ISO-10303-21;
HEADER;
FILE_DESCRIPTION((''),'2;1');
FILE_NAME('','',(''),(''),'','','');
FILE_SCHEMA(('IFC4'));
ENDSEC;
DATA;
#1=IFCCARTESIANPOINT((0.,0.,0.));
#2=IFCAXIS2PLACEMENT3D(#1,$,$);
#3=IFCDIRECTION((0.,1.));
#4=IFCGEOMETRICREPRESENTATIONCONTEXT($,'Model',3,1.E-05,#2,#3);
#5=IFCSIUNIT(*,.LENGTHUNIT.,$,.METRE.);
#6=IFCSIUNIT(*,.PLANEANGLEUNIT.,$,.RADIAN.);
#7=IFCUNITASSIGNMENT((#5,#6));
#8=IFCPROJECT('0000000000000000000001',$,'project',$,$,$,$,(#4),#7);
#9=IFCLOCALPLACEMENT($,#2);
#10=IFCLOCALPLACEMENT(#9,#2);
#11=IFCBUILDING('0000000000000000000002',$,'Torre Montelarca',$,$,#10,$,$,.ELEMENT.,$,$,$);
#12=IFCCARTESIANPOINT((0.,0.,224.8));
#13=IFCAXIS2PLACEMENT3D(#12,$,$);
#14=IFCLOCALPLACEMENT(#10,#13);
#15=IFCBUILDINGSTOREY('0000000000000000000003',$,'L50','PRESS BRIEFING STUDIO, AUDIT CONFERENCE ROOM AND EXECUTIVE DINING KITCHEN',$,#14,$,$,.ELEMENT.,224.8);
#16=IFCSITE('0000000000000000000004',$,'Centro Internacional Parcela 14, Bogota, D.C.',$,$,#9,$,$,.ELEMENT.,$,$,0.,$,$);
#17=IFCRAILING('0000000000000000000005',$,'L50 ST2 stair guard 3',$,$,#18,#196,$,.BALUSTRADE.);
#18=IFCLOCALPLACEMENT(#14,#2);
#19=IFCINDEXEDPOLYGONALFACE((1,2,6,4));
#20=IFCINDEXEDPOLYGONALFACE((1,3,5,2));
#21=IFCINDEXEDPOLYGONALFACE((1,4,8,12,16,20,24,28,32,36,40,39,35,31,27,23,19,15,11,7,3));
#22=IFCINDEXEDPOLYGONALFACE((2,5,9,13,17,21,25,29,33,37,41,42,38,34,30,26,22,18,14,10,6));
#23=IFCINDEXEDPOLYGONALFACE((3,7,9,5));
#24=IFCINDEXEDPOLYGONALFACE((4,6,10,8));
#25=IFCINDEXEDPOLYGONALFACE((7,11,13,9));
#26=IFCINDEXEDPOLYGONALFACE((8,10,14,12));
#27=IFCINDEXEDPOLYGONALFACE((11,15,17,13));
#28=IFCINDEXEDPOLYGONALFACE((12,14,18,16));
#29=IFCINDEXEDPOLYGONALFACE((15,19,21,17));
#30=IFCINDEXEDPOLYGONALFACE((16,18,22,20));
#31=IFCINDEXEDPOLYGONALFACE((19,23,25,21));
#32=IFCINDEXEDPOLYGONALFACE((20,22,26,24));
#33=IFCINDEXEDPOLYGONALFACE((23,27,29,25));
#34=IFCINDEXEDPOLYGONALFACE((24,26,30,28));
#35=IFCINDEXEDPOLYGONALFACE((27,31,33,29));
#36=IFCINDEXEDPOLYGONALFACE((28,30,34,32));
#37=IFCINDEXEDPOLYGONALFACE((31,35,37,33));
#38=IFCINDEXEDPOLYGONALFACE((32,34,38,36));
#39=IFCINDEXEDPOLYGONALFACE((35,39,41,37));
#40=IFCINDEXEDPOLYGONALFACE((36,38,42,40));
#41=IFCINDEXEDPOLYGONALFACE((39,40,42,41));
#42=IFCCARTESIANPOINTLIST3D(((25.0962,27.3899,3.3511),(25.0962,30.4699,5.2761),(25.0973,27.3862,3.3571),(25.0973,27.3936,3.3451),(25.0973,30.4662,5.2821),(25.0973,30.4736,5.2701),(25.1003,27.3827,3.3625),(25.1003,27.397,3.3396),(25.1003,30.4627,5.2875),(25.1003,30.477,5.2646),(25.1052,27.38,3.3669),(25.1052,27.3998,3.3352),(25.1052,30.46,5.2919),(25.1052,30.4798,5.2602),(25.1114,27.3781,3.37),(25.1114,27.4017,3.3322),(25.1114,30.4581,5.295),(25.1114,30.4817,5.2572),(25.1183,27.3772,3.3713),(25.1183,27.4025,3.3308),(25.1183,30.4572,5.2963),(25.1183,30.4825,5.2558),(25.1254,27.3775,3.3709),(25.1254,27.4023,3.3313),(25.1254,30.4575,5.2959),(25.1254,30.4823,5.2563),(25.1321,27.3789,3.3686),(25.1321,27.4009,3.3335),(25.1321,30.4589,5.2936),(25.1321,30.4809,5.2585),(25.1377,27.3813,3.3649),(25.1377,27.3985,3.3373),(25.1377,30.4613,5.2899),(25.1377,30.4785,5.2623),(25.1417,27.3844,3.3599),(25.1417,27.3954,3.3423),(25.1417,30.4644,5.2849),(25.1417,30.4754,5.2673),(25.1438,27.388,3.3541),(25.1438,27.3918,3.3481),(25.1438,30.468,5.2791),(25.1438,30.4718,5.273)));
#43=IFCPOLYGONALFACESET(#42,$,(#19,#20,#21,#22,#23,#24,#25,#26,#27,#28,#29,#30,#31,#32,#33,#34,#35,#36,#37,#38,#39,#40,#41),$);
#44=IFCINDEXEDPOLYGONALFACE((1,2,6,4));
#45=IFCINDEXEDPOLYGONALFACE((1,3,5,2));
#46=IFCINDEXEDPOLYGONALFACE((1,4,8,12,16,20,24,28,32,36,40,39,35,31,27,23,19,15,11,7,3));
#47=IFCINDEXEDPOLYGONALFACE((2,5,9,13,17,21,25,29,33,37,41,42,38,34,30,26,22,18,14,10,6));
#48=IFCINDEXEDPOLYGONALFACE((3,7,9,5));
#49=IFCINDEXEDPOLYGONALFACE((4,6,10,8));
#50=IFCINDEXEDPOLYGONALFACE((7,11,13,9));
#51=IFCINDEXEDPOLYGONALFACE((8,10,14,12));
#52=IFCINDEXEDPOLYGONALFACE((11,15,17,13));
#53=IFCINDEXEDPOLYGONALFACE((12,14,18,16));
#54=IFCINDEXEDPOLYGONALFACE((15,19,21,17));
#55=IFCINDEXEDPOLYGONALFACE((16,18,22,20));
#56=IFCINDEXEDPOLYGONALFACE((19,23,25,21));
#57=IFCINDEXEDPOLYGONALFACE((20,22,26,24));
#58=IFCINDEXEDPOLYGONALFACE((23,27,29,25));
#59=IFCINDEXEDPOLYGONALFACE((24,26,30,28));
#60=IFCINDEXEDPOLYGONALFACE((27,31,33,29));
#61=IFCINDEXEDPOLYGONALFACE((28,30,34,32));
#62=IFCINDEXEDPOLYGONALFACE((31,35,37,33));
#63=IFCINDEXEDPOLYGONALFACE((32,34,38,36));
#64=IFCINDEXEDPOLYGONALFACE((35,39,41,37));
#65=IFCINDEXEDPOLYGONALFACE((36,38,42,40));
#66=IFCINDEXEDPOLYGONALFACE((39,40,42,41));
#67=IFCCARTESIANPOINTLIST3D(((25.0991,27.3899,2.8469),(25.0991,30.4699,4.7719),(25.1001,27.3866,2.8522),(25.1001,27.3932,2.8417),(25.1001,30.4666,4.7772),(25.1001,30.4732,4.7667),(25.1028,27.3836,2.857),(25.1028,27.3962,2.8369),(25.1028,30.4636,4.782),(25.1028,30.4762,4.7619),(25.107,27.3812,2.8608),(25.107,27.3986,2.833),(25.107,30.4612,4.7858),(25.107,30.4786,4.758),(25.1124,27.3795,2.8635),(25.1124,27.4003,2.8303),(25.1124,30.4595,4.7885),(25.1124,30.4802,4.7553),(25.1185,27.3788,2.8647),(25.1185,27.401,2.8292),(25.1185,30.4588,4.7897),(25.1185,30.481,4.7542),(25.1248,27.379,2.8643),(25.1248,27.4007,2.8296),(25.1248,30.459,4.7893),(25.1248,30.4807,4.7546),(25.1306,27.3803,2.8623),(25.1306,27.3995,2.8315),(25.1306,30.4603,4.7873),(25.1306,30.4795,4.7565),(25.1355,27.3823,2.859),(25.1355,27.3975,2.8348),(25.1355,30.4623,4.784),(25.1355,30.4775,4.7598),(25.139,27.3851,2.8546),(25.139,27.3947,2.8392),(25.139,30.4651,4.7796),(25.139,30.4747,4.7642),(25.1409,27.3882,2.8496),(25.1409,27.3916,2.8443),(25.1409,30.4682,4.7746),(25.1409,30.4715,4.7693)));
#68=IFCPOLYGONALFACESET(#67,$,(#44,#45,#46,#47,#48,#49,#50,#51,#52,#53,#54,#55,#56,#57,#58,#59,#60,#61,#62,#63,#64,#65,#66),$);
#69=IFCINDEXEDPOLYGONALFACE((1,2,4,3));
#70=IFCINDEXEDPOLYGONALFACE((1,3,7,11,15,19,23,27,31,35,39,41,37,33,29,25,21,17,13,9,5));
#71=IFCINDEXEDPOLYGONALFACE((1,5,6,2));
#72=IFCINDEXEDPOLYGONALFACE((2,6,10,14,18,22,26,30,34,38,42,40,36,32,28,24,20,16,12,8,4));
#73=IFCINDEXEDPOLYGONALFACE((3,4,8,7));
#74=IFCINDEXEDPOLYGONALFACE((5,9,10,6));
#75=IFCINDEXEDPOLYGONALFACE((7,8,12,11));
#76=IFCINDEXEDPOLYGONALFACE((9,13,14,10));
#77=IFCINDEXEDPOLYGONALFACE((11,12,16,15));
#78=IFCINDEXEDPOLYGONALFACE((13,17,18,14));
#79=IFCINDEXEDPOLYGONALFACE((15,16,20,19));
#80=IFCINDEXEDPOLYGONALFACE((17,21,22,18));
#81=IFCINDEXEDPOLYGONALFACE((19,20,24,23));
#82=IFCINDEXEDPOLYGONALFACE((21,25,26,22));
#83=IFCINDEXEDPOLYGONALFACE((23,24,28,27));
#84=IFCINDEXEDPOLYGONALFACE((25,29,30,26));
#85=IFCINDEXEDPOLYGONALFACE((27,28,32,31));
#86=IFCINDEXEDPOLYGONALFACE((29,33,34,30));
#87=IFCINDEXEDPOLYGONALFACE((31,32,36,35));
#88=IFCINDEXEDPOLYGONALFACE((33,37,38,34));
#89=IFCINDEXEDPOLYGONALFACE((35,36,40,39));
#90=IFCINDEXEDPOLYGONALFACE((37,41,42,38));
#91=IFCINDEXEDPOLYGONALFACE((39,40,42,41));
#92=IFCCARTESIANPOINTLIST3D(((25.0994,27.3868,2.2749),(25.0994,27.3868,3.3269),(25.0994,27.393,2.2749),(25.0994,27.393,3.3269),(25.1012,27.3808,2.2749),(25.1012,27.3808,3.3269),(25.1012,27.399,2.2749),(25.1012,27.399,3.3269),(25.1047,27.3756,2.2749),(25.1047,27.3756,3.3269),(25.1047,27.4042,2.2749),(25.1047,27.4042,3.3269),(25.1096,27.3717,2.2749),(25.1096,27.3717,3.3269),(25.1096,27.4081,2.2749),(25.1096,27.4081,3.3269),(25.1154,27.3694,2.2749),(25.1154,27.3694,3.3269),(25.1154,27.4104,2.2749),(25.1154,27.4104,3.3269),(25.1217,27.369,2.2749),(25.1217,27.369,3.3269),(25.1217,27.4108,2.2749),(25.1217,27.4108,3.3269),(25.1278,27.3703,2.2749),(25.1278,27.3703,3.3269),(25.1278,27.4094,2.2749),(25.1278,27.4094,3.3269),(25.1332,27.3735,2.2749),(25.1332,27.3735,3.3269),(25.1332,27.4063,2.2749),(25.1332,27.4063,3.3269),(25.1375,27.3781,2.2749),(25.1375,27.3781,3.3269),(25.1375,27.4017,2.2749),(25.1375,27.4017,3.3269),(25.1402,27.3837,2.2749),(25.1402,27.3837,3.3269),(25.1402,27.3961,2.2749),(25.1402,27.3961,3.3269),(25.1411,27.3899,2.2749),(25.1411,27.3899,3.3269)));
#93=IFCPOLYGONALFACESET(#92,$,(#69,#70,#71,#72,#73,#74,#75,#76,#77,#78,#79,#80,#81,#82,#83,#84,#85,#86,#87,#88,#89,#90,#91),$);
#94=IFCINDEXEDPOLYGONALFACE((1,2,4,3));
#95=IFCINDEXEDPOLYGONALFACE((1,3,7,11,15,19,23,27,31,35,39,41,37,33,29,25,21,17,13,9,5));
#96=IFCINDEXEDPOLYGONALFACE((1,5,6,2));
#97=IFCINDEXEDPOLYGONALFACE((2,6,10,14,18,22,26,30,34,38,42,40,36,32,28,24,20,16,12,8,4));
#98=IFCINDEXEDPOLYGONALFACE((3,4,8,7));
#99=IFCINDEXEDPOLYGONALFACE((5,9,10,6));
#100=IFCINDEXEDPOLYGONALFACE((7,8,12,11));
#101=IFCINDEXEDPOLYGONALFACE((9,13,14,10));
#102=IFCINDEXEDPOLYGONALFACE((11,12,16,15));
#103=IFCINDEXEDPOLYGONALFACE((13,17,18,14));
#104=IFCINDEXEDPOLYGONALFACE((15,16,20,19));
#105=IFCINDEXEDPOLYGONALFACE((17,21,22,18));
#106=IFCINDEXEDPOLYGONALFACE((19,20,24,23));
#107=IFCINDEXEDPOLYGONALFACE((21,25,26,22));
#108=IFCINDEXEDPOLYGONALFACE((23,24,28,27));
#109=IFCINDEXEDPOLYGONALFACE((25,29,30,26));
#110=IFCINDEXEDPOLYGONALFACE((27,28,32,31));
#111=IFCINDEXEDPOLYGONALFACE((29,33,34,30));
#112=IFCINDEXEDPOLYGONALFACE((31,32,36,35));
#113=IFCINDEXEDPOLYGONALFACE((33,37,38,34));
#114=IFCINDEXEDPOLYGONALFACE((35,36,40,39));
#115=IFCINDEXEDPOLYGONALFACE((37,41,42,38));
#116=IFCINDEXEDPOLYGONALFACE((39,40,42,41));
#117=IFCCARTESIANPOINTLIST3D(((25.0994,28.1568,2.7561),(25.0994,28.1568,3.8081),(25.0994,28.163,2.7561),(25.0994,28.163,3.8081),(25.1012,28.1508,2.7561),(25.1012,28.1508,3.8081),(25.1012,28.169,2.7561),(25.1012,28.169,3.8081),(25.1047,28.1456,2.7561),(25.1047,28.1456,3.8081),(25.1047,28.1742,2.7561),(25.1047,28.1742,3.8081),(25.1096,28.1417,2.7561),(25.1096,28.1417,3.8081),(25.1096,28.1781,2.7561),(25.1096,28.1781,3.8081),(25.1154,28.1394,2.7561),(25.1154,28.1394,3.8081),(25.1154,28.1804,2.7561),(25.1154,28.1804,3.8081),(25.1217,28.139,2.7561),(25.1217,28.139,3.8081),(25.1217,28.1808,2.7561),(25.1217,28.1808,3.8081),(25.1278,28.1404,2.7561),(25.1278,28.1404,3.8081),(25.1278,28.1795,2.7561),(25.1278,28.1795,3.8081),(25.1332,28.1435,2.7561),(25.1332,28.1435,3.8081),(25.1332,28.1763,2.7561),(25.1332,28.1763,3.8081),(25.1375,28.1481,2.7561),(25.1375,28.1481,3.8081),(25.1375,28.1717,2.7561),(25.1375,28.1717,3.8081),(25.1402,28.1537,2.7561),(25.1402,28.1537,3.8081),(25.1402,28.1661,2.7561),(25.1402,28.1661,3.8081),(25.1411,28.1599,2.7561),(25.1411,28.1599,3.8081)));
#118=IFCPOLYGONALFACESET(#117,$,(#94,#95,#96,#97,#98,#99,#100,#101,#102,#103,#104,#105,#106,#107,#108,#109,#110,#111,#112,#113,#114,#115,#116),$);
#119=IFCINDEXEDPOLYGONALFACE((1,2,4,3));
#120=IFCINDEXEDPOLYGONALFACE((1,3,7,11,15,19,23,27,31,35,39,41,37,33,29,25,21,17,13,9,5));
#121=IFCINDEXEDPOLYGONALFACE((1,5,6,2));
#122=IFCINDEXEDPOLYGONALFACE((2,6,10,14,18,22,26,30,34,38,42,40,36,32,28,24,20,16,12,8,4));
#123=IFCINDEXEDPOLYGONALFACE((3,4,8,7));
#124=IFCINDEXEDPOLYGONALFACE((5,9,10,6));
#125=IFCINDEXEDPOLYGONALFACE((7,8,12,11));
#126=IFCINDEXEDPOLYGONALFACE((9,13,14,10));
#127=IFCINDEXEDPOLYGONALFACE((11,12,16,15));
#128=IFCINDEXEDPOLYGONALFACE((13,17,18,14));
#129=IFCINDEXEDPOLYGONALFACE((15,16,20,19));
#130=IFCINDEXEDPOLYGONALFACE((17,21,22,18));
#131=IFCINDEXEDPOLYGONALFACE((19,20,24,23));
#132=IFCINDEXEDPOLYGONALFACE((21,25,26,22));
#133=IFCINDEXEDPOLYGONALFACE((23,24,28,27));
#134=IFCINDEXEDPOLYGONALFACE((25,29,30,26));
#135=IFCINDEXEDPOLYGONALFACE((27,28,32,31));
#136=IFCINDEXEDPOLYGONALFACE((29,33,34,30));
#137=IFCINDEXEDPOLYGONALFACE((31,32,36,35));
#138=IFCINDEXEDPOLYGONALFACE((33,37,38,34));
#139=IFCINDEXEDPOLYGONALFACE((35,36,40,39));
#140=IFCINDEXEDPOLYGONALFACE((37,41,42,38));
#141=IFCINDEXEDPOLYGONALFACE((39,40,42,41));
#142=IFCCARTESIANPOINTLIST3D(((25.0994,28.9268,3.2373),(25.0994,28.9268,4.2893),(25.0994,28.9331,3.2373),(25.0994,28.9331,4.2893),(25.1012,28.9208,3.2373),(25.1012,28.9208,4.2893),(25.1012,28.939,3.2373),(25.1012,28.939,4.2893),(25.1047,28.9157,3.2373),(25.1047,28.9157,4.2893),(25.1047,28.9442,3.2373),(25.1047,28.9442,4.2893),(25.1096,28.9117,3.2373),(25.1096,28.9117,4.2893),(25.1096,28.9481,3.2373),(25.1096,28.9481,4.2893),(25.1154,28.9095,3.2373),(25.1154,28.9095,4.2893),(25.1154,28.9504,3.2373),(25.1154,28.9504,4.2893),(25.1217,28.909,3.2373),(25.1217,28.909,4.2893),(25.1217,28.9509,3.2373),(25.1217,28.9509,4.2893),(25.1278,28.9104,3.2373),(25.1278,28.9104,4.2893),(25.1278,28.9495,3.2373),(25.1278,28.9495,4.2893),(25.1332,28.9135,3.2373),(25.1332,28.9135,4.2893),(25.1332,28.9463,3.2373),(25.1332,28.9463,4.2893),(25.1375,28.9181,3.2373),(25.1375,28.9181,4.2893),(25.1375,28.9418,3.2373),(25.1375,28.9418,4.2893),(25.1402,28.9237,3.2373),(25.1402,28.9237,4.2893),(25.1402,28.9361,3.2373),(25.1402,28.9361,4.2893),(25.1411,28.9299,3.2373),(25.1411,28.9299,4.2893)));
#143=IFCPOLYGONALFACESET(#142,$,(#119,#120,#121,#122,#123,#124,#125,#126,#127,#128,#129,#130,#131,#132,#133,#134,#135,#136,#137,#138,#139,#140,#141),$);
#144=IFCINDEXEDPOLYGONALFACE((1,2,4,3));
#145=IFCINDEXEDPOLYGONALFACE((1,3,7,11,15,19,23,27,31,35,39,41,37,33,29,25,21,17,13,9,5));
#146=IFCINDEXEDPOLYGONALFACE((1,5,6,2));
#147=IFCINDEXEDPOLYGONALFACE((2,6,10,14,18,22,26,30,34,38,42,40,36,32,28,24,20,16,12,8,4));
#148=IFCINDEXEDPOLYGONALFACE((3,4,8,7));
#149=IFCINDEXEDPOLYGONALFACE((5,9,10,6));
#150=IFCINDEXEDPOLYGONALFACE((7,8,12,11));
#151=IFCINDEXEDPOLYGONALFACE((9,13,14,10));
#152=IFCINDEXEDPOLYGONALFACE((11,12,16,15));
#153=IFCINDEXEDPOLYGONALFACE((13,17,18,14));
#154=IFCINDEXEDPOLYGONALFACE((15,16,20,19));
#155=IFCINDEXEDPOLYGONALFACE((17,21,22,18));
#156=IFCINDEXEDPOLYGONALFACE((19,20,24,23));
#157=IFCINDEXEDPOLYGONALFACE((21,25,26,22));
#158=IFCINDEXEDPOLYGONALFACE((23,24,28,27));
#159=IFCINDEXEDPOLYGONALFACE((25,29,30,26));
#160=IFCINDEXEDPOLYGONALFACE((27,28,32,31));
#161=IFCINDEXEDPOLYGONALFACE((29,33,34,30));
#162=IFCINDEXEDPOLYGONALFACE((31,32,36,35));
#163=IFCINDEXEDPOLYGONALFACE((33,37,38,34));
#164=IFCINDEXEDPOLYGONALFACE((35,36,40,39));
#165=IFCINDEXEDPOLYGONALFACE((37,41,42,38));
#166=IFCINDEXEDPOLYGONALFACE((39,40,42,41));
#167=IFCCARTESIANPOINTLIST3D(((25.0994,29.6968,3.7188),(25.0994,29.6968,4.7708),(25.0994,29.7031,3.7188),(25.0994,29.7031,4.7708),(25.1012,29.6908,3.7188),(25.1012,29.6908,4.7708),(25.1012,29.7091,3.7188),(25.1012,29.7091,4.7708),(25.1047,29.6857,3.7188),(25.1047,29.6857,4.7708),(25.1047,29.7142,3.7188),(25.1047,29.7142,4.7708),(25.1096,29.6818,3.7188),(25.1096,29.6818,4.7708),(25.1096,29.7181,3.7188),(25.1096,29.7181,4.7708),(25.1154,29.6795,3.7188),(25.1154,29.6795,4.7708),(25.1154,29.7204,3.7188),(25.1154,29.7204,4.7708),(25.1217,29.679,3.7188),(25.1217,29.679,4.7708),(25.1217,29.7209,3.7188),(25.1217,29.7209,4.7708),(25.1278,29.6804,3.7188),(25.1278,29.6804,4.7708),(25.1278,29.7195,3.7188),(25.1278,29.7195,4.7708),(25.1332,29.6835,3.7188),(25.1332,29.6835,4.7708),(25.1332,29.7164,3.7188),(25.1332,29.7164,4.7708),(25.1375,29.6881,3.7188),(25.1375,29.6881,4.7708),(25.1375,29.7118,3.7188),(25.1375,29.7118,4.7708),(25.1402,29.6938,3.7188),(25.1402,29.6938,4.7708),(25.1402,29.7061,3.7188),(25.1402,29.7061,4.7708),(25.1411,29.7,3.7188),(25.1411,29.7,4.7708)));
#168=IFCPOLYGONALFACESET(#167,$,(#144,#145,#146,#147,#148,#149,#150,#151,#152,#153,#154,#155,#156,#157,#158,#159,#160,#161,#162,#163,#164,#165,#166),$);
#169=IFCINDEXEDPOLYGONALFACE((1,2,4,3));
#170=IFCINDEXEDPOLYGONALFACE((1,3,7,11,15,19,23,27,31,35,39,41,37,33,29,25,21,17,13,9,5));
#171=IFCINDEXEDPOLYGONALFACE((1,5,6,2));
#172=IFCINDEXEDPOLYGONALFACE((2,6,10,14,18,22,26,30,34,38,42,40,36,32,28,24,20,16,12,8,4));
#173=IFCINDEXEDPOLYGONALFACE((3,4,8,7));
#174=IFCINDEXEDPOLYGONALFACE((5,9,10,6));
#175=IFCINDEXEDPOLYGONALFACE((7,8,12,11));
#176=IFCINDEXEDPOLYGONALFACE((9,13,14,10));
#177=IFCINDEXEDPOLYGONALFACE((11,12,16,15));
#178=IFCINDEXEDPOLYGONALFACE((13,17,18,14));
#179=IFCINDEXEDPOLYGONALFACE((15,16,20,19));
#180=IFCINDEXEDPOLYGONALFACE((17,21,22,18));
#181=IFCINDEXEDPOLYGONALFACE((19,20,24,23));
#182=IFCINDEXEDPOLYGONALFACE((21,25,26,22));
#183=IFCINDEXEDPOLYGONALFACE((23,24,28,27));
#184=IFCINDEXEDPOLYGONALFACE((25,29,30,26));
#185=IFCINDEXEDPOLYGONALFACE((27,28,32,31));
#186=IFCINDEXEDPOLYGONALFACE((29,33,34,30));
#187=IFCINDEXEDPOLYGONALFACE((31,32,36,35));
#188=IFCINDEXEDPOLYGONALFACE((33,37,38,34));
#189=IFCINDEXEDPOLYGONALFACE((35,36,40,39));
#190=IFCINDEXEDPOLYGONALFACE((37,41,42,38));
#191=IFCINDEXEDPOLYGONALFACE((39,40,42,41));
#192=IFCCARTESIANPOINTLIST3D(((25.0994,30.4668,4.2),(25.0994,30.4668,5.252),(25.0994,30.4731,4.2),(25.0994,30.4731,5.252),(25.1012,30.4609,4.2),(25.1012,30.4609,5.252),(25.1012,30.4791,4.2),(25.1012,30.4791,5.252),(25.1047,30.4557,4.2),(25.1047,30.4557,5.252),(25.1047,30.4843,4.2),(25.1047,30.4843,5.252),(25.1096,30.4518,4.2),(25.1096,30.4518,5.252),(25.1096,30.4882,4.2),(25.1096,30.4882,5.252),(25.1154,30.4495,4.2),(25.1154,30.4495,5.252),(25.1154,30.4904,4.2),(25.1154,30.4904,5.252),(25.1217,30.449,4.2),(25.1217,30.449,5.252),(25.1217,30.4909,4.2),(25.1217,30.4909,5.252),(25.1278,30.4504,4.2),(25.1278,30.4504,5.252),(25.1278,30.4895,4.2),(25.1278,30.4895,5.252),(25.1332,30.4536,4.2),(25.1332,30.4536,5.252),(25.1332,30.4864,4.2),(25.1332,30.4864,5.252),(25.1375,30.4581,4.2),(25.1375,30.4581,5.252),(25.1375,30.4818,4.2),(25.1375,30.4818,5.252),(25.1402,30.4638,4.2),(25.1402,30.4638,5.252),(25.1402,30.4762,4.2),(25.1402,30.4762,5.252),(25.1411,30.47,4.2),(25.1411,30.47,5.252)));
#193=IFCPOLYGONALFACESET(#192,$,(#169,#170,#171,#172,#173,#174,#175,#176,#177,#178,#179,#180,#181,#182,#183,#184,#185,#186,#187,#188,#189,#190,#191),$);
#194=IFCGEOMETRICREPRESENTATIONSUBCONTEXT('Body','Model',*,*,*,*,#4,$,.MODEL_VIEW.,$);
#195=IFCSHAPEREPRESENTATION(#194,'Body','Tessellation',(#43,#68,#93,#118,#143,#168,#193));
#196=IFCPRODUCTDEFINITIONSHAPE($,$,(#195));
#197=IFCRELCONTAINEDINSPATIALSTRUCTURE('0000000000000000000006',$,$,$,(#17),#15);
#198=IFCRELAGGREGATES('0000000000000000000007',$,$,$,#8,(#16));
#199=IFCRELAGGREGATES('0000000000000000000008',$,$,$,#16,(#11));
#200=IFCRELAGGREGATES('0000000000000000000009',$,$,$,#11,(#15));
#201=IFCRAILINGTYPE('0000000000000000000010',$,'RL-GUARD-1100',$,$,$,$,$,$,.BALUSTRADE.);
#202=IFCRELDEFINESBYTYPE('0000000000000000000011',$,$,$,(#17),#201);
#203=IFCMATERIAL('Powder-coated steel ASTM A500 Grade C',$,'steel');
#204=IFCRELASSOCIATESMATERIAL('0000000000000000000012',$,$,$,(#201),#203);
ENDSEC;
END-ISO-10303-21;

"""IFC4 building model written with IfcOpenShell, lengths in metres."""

from ifc_helpers import new_model, si_unit, direction, frame, origin, origin_2d, place, context, subcontext, project, spatial, circle, extrude, material, type_object, element, save


model = new_model("IFC4")

# Units and contexts
model_context = context("Model", 3, precision=1e-05, world=origin(), true_north=direction((0.0, 1.0)))
body_context = subcontext(model_context, "Body", "Model", "MODEL_VIEW")
ifc_project = project(units=[si_unit("LENGTHUNIT", "METRE"), si_unit("PLANEANGLEUNIT", "RADIAN")], contexts=[model_context])

# Site, building, storey
site_placement = place(None, origin())
site = spatial("IfcSite", under=ifc_project, at=site_placement, Name="Centro Internacional Parcela 14, Bogota, D.C.", CompositionType="ELEMENT", RefElevation=0.0)
building_placement = place(site_placement, origin())
building = spatial("IfcBuilding", under=site, at=building_placement, Name="Torre Montelarca", CompositionType="ELEMENT")
storey_placement = place(building_placement, frame((0.0, 0.0, 224.8)))
storey = spatial("IfcBuildingStorey", under=building, at=storey_placement, Name="L50", Description="PRESS BRIEFING STUDIO, AUDIT CONFERENCE ROOM AND EXECUTIVE DINING KITCHEN", CompositionType="ELEMENT", Elevation=224.8)

# Railing
ifc_material_1 = material(Name="Powder-coated steel ASTM A500 Grade C", Category="steel")
railing_type_1 = type_object("IfcRailingType", Name="RL-GUARD-1100", PredefinedType="BALUSTRADE", material=ifc_material_1)
railing_1_placement = place(storey_placement, frame((25.1201, 27.3899, 2.2749)))
element("IfcRailing", 1, at=railing_1_placement, inside=storey, type_object=railing_type_1, Name="L50 ST2 stair guard 3", PredefinedType="BALUSTRADE", context=body_context, shape_type="SweptSolid", body=[
    extrude(circle(Radius=0.0239, at=origin_2d()), frame((0.0, 0.0, 1.0762), z_axis=(0.0, 0.847998, 0.529999), x_axis=(-1.0, 0.0, 0.0)), (0.0, 0.0, 1.0), 3.6321),
    extrude(circle(Radius=0.021, at=origin_2d()), frame((0.0, 0.0, 0.572), z_axis=(0.0, 0.847998, 0.529999), x_axis=(-1.0, 0.0, 0.0)), (0.0, 0.0, 1.0), 3.6321),
    extrude(circle(Radius=0.021, at=origin_2d()), origin(), (0.0, 0.0, 1.0), 1.052),
    extrude(circle(Radius=0.021, at=origin_2d()), frame((0.0, 0.77, 0.4812)), (0.0, 0.0, 1.0), 1.052),
    extrude(circle(Radius=0.021, at=origin_2d()), frame((0.0, 1.54, 0.9624)), (0.0, 0.0, 1.0), 1.052),
    extrude(circle(Radius=0.021, at=origin_2d()), frame((0.0, 2.3101, 1.4438)), (0.0, 0.0, 1.0), 1.052),
    extrude(circle(Radius=0.021, at=origin_2d()), frame((0.0, 3.0801, 1.925)), (0.0, 0.0, 1.0), 1.052),
])

save(model, "model.ifc")
